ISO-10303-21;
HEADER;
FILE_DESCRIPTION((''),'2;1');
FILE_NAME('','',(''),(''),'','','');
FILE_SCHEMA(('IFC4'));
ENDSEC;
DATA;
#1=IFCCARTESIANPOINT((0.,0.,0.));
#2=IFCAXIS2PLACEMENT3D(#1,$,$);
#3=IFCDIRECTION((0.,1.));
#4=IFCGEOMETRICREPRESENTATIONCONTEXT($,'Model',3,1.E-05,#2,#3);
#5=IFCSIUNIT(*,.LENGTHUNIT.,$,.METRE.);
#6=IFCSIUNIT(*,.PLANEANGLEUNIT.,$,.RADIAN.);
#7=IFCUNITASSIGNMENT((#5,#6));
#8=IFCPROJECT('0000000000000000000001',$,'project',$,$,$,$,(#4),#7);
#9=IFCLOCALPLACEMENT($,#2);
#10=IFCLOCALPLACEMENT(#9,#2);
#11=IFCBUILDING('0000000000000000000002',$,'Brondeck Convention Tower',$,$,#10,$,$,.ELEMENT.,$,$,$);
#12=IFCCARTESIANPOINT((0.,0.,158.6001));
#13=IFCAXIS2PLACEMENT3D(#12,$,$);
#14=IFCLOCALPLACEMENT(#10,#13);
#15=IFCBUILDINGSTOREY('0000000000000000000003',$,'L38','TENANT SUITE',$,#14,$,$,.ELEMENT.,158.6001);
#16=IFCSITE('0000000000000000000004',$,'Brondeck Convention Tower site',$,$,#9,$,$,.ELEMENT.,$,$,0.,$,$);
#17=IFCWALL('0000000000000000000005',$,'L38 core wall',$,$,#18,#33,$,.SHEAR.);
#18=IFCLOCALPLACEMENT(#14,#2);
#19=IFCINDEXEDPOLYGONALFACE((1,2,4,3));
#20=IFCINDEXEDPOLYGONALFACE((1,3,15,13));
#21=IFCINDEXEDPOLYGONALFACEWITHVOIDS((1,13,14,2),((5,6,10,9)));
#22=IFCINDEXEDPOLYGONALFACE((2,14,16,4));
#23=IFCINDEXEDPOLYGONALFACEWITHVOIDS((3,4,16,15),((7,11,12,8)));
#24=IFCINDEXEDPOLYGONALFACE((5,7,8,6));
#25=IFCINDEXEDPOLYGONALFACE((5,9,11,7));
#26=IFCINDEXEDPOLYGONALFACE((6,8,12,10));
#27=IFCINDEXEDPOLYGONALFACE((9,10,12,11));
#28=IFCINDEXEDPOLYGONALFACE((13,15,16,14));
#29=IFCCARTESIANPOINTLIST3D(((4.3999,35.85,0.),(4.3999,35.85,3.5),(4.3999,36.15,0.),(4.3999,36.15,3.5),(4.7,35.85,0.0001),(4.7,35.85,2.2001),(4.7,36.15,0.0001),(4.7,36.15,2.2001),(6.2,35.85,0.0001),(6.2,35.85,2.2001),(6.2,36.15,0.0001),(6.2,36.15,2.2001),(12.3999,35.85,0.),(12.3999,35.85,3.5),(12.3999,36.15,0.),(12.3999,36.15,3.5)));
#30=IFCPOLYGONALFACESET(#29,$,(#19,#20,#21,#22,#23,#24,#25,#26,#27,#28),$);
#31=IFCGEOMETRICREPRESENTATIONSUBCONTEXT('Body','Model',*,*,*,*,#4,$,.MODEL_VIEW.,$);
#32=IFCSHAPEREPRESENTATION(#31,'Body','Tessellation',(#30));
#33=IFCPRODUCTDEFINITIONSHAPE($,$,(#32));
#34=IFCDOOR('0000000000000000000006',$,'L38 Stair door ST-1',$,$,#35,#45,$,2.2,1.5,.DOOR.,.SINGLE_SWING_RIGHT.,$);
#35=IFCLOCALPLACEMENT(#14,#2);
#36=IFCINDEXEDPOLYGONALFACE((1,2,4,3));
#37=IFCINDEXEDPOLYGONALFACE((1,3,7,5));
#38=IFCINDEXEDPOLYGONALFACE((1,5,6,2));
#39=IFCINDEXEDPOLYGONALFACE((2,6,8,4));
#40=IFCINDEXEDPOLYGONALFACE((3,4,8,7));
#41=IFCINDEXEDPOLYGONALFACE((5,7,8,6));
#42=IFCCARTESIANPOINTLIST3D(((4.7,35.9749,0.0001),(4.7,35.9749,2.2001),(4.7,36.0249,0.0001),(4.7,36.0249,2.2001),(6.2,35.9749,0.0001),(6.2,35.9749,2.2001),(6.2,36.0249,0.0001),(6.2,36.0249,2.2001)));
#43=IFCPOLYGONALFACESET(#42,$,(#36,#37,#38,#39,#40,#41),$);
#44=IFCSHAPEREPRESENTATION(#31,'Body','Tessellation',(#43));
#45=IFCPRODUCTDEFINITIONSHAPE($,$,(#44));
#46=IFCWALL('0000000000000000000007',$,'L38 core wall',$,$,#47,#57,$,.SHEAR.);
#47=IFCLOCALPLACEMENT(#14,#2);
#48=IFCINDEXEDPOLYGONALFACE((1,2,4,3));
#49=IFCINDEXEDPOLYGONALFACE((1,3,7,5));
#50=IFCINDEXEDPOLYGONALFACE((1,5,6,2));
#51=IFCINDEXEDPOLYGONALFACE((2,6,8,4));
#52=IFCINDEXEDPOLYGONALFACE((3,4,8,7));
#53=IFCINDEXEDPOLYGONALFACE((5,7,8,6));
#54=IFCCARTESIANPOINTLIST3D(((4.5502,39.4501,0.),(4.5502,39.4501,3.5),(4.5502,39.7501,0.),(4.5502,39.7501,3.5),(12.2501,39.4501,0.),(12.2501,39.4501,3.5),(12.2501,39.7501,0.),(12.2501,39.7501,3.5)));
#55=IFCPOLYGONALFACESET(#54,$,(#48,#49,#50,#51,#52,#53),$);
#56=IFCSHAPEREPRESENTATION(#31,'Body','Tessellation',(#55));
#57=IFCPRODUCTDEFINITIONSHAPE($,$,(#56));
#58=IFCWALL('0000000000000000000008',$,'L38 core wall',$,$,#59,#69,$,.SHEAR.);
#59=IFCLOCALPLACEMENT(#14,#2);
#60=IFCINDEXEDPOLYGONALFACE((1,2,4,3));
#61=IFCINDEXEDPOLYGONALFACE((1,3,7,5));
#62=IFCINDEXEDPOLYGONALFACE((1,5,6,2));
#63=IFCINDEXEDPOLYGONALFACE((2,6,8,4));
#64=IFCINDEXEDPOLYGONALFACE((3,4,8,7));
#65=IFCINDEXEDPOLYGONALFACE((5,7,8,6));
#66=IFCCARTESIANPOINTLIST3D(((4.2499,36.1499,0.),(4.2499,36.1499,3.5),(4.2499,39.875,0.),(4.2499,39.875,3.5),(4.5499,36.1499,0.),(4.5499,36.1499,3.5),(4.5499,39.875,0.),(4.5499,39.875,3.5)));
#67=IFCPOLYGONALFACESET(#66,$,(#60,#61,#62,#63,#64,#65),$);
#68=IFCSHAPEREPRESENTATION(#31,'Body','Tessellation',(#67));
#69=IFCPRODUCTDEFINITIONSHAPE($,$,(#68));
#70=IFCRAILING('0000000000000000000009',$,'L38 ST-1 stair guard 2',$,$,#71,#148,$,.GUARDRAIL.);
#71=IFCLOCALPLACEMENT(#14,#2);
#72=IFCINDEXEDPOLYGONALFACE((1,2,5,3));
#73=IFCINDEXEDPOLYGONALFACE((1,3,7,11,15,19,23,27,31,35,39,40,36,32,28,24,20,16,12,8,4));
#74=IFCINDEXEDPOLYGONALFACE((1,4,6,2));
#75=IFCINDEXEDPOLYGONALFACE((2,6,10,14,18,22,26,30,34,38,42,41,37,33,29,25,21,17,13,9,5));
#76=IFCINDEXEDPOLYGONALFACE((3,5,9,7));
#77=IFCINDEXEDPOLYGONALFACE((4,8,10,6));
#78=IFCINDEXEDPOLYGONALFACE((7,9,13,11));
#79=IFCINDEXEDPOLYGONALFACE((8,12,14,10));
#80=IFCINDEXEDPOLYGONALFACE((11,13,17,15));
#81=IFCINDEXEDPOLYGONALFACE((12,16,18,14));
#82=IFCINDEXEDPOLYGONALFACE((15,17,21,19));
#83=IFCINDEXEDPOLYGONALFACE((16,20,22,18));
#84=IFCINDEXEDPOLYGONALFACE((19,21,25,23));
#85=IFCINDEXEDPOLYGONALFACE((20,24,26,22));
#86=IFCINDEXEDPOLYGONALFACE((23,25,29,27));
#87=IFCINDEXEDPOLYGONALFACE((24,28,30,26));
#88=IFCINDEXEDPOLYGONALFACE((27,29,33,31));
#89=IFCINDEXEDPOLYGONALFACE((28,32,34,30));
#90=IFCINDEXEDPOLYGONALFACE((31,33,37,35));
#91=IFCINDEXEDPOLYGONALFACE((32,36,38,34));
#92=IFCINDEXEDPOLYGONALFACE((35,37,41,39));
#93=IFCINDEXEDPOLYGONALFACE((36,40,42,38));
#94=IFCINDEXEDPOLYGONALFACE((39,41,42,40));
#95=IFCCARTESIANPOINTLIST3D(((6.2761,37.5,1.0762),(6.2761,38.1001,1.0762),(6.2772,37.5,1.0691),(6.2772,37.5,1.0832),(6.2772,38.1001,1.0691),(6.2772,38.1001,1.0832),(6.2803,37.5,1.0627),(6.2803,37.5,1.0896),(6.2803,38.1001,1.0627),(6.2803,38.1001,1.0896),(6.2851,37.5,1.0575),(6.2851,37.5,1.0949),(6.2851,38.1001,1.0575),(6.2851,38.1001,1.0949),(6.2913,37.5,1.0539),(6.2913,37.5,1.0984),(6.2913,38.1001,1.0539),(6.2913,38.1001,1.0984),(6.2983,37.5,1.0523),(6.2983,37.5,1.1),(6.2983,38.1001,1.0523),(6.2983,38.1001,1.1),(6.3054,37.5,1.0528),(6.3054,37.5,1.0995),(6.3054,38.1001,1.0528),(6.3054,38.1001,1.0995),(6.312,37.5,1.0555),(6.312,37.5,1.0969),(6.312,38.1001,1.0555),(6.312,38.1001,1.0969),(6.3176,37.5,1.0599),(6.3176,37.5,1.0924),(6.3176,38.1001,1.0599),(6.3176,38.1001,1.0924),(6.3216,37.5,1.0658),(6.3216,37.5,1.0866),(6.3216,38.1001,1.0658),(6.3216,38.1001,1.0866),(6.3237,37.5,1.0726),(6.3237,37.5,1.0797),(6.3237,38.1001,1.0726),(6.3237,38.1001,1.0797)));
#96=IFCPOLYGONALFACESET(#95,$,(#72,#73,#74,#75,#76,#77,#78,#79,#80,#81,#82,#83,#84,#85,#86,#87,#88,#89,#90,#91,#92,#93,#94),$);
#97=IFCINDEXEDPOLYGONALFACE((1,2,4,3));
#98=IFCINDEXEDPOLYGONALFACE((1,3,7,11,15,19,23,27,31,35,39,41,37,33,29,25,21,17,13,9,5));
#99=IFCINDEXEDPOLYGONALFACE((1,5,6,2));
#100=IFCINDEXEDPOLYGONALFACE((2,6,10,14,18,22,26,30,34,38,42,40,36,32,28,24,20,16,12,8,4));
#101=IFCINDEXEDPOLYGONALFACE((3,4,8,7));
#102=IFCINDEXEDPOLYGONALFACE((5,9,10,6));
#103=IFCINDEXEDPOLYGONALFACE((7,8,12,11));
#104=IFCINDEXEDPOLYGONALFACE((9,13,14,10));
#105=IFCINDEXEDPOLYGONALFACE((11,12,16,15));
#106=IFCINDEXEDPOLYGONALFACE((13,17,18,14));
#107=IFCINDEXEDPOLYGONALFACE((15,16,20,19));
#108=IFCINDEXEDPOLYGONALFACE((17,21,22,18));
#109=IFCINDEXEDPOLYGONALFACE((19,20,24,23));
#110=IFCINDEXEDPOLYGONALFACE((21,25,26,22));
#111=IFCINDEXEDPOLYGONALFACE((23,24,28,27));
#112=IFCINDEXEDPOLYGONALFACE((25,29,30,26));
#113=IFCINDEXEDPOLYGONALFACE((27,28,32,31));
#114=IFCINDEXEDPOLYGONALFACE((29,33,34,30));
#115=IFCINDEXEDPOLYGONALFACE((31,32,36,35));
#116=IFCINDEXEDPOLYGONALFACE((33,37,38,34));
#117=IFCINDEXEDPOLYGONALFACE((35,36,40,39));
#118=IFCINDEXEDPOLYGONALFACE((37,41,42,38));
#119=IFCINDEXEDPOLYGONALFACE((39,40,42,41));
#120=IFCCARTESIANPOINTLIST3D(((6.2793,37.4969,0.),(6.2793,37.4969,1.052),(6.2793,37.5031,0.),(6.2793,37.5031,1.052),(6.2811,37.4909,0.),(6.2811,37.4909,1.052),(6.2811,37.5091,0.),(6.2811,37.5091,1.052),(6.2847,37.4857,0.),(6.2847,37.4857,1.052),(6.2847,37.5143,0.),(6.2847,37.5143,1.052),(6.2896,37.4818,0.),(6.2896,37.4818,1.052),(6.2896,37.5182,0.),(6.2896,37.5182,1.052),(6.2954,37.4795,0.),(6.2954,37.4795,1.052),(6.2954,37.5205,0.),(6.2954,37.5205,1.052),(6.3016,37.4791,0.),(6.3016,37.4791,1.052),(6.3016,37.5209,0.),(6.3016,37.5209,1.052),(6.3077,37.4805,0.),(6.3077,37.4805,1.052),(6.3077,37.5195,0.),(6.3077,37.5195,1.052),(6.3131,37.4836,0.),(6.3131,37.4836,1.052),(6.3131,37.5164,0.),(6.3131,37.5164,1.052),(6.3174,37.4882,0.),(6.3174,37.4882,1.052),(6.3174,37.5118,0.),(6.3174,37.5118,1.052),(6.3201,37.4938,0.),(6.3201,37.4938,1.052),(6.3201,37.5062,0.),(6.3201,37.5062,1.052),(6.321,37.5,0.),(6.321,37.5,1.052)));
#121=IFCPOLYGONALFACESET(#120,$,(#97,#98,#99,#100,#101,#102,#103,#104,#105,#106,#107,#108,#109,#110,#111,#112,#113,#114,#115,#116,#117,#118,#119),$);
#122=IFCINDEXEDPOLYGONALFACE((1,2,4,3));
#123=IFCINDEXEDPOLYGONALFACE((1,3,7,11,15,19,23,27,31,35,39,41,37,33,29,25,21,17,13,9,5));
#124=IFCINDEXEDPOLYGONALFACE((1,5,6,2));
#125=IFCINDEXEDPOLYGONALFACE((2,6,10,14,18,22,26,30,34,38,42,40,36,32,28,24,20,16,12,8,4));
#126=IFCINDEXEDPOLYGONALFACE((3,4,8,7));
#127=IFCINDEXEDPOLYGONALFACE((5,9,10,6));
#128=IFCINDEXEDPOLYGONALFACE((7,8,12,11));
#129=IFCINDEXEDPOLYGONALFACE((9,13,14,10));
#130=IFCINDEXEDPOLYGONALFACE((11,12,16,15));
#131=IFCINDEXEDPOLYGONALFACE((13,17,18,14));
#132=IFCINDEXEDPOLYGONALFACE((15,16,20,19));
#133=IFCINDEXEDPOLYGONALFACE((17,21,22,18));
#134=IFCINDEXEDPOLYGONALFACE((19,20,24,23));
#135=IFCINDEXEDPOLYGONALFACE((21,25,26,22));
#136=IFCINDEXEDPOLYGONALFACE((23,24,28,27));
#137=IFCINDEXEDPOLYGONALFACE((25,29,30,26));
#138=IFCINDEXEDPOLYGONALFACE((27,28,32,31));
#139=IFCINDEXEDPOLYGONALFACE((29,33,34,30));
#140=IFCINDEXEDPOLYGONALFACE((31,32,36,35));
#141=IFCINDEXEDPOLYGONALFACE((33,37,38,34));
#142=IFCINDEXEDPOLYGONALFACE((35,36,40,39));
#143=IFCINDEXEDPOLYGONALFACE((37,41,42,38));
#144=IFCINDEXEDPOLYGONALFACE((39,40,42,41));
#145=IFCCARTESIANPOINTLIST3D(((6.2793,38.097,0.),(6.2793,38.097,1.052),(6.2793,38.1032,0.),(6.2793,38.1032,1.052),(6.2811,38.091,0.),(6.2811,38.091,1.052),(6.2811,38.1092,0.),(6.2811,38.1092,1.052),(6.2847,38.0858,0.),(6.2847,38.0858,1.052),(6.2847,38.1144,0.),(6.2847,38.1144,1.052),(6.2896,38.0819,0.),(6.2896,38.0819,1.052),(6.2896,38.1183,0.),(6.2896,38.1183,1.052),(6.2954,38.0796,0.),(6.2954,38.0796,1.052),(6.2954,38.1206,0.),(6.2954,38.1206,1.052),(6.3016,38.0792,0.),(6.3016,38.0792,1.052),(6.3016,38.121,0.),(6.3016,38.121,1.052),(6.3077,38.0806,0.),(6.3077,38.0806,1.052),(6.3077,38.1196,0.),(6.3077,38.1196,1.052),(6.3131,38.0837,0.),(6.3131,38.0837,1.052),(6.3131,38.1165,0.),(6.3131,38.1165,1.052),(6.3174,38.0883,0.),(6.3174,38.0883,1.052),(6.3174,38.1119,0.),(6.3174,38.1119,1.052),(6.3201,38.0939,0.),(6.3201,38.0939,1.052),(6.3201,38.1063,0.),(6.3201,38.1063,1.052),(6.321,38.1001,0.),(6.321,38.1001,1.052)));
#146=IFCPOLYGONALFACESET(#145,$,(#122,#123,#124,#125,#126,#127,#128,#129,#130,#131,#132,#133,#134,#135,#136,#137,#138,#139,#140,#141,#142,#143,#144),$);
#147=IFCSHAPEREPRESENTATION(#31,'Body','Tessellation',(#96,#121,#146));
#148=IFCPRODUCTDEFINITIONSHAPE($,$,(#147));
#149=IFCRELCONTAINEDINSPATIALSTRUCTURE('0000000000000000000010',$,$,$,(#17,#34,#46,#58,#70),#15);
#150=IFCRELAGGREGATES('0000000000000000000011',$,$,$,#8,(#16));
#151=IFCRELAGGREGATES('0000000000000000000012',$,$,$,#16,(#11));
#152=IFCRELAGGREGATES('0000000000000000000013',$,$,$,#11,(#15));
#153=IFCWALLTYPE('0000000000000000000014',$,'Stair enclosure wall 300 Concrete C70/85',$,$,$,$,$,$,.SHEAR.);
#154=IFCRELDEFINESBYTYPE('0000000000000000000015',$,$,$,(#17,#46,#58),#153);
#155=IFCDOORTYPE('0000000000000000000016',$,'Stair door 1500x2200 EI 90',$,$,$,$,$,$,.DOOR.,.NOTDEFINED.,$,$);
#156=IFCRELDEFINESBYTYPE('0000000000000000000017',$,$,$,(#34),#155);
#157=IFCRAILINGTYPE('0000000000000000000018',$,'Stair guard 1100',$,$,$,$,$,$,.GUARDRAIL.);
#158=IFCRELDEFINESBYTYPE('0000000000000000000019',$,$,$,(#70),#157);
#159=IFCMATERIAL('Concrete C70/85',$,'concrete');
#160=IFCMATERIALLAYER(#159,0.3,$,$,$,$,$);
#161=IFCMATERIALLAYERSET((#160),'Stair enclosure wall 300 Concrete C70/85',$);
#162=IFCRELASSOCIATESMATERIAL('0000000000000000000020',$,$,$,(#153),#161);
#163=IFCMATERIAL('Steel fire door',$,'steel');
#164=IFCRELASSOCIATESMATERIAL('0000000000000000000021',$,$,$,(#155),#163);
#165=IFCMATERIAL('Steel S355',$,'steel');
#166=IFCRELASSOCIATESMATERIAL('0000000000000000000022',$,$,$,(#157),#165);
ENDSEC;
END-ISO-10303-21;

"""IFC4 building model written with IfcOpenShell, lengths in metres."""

from ifc_helpers import new_model, si_unit, direction, frame, frame_2d, origin, origin_2d, place, context, subcontext, project, spatial, rectangle, circle, extrude, material, layer, layer_set, type_object, element, fill, save


model = new_model("IFC4")

# Units and contexts
model_context = context("Model", 3, precision=1e-05, world=origin(), true_north=direction((0.0, 1.0)))
body_context = subcontext(model_context, "Body", "Model", "MODEL_VIEW")
ifc_project = project(units=[si_unit("LENGTHUNIT", "METRE"), si_unit("PLANEANGLEUNIT", "RADIAN")], contexts=[model_context])

# Site, building, storey
site_placement = place(None, origin())
site = spatial("IfcSite", under=ifc_project, at=site_placement, Name="Brondeck Convention Tower site", CompositionType="ELEMENT", RefElevation=0.0)
building_placement = place(site_placement, origin())
building = spatial("IfcBuilding", under=site, at=building_placement, Name="Brondeck Convention Tower", CompositionType="ELEMENT")
storey_placement = place(building_placement, frame((0.0, 0.0, 158.6001)))
storey = spatial("IfcBuildingStorey", under=building, at=storey_placement, Name="L38", Description="TENANT SUITE", CompositionType="ELEMENT", Elevation=158.6001)

# Shared definitions
ifc_material_1 = material(Name="Concrete C70/85", Category="concrete")

# Wall, opening, door
ifc_material_2 = material(Name="Steel fire door", Category="steel")
ifc_layer_1 = layer(ifc_material_1, 0.3)
ifc_layer_set_1 = layer_set([ifc_layer_1], Name="Stair enclosure wall 300 Concrete C70/85")
wall_type_1 = type_object("IfcWallType", Name="Stair enclosure wall 300 Concrete C70/85", PredefinedType="SHEAR", material=ifc_layer_set_1)
wall_1_placement = place(storey_placement, frame((4.3999, 36.0, 0.0), z_axis=(0.0, 0.0, 1.0), x_axis=(1.0, 0.0, 0.0)))
wall_1 = element("IfcWall", 1, at=wall_1_placement, inside=storey, type_object=wall_type_1, Name="L38 core wall", PredefinedType="SHEAR", context=body_context, shape_type="SweptSolid", body=[
    extrude(rectangle(XDim=8.0, YDim=0.3, at=frame_2d((4.0, 0.0))), origin(), (0.0, 0.0, 1.0), 3.5),
])
opening_1_placement = place(wall_1_placement, frame((0.3, 0.0, 0.0)))
opening_1 = element("IfcOpeningElement", 2, at=opening_1_placement, cuts=wall_1, PredefinedType="OPENING", context=body_context, shape_type="SweptSolid", body=[
    extrude(rectangle(XDim=1.5, YDim=2.2, at=frame_2d((0.75, 1.1001))), frame((0.0, 0.1599, 0.0), z_axis=(0.0, -1.0, 0.0), x_axis=(1.0, 0.0, 0.0)), (0.0, 0.0, 1.0), 0.3201),
])
door_type_1 = type_object("IfcDoorType", Name="Stair door 1500x2200 EI 90", OperationType="NOTDEFINED", PredefinedType="DOOR", material=ifc_material_2)
door_1_placement = place(opening_1_placement, origin())
door_1 = element("IfcDoor", 3, at=door_1_placement, inside=storey, type_object=door_type_1, Name="L38 Stair door ST-1", OperationType="SINGLE_SWING_RIGHT", OverallHeight=2.2, OverallWidth=1.5, PredefinedType="DOOR", context=body_context, shape_type="SweptSolid", body=[
    extrude(rectangle(XDim=1.5, YDim=2.2, at=frame_2d((0.75, 1.1001))), frame((0.0, 0.0249, 0.0), z_axis=(0.0, -1.0, 0.0), x_axis=(1.0, 0.0, 0.0)), (0.0, 0.0, 1.0), 0.05),
])
fill(opening_1, door_1)

# Walls
wall_2_placement = place(storey_placement, frame((4.55, 39.6001, 0.0), z_axis=(0.0, 0.0, 1.0), x_axis=(1.0, 0.0, 0.0)))
element("IfcWall", 4, at=wall_2_placement, inside=storey, type_object=wall_type_1, Name="L38 core wall", PredefinedType="SHEAR", context=body_context, shape_type="SweptSolid", body=[
    extrude(rectangle(XDim=7.7, YDim=0.3, at=frame_2d((3.8501, 0.0))), origin(), (0.0, 0.0, 1.0), 3.5),
])
wall_3_placement = place(storey_placement, frame((4.3999, 36.1499, 0.0), z_axis=(0.0, 0.0, 1.0), x_axis=(0.0, 1.0, 0.0)))
element("IfcWall", 5, at=wall_3_placement, inside=storey, type_object=wall_type_1, Name="L38 core wall", PredefinedType="SHEAR", context=body_context, shape_type="SweptSolid", body=[
    extrude(rectangle(XDim=3.7251, YDim=0.3, at=frame_2d((1.8625, 0.0))), origin(), (0.0, 0.0, 1.0), 3.5),
])

# Railing
ifc_material_3 = material(Name="Steel S355", Category="steel")
railing_type = type_object("IfcRailingType", Name="Stair guard 1100", PredefinedType="GUARDRAIL", material=ifc_material_3)
railing_placement = place(storey_placement, frame((6.3, 37.5, 0.0)))
element("IfcRailing", 6, at=railing_placement, inside=storey, type_object=railing_type, Name="L38 ST-1 stair guard 2", PredefinedType="GUARDRAIL", context=body_context, shape_type="SweptSolid", body=[
    extrude(circle(Radius=0.0239, at=origin_2d()), frame((0.0, 0.0, 1.0762), z_axis=(0.0, 1.0, 0.0), x_axis=(-1.0, 0.0, 0.0)), (0.0, 0.0, 1.0), 0.6001),
    extrude(circle(Radius=0.021, at=origin_2d()), origin(), (0.0, 0.0, 1.0), 1.052),
    extrude(circle(Radius=0.021, at=origin_2d()), frame((0.0, 0.6001, 0.0)), (0.0, 0.0, 1.0), 1.052),
])

save(model, "model.ifc")
